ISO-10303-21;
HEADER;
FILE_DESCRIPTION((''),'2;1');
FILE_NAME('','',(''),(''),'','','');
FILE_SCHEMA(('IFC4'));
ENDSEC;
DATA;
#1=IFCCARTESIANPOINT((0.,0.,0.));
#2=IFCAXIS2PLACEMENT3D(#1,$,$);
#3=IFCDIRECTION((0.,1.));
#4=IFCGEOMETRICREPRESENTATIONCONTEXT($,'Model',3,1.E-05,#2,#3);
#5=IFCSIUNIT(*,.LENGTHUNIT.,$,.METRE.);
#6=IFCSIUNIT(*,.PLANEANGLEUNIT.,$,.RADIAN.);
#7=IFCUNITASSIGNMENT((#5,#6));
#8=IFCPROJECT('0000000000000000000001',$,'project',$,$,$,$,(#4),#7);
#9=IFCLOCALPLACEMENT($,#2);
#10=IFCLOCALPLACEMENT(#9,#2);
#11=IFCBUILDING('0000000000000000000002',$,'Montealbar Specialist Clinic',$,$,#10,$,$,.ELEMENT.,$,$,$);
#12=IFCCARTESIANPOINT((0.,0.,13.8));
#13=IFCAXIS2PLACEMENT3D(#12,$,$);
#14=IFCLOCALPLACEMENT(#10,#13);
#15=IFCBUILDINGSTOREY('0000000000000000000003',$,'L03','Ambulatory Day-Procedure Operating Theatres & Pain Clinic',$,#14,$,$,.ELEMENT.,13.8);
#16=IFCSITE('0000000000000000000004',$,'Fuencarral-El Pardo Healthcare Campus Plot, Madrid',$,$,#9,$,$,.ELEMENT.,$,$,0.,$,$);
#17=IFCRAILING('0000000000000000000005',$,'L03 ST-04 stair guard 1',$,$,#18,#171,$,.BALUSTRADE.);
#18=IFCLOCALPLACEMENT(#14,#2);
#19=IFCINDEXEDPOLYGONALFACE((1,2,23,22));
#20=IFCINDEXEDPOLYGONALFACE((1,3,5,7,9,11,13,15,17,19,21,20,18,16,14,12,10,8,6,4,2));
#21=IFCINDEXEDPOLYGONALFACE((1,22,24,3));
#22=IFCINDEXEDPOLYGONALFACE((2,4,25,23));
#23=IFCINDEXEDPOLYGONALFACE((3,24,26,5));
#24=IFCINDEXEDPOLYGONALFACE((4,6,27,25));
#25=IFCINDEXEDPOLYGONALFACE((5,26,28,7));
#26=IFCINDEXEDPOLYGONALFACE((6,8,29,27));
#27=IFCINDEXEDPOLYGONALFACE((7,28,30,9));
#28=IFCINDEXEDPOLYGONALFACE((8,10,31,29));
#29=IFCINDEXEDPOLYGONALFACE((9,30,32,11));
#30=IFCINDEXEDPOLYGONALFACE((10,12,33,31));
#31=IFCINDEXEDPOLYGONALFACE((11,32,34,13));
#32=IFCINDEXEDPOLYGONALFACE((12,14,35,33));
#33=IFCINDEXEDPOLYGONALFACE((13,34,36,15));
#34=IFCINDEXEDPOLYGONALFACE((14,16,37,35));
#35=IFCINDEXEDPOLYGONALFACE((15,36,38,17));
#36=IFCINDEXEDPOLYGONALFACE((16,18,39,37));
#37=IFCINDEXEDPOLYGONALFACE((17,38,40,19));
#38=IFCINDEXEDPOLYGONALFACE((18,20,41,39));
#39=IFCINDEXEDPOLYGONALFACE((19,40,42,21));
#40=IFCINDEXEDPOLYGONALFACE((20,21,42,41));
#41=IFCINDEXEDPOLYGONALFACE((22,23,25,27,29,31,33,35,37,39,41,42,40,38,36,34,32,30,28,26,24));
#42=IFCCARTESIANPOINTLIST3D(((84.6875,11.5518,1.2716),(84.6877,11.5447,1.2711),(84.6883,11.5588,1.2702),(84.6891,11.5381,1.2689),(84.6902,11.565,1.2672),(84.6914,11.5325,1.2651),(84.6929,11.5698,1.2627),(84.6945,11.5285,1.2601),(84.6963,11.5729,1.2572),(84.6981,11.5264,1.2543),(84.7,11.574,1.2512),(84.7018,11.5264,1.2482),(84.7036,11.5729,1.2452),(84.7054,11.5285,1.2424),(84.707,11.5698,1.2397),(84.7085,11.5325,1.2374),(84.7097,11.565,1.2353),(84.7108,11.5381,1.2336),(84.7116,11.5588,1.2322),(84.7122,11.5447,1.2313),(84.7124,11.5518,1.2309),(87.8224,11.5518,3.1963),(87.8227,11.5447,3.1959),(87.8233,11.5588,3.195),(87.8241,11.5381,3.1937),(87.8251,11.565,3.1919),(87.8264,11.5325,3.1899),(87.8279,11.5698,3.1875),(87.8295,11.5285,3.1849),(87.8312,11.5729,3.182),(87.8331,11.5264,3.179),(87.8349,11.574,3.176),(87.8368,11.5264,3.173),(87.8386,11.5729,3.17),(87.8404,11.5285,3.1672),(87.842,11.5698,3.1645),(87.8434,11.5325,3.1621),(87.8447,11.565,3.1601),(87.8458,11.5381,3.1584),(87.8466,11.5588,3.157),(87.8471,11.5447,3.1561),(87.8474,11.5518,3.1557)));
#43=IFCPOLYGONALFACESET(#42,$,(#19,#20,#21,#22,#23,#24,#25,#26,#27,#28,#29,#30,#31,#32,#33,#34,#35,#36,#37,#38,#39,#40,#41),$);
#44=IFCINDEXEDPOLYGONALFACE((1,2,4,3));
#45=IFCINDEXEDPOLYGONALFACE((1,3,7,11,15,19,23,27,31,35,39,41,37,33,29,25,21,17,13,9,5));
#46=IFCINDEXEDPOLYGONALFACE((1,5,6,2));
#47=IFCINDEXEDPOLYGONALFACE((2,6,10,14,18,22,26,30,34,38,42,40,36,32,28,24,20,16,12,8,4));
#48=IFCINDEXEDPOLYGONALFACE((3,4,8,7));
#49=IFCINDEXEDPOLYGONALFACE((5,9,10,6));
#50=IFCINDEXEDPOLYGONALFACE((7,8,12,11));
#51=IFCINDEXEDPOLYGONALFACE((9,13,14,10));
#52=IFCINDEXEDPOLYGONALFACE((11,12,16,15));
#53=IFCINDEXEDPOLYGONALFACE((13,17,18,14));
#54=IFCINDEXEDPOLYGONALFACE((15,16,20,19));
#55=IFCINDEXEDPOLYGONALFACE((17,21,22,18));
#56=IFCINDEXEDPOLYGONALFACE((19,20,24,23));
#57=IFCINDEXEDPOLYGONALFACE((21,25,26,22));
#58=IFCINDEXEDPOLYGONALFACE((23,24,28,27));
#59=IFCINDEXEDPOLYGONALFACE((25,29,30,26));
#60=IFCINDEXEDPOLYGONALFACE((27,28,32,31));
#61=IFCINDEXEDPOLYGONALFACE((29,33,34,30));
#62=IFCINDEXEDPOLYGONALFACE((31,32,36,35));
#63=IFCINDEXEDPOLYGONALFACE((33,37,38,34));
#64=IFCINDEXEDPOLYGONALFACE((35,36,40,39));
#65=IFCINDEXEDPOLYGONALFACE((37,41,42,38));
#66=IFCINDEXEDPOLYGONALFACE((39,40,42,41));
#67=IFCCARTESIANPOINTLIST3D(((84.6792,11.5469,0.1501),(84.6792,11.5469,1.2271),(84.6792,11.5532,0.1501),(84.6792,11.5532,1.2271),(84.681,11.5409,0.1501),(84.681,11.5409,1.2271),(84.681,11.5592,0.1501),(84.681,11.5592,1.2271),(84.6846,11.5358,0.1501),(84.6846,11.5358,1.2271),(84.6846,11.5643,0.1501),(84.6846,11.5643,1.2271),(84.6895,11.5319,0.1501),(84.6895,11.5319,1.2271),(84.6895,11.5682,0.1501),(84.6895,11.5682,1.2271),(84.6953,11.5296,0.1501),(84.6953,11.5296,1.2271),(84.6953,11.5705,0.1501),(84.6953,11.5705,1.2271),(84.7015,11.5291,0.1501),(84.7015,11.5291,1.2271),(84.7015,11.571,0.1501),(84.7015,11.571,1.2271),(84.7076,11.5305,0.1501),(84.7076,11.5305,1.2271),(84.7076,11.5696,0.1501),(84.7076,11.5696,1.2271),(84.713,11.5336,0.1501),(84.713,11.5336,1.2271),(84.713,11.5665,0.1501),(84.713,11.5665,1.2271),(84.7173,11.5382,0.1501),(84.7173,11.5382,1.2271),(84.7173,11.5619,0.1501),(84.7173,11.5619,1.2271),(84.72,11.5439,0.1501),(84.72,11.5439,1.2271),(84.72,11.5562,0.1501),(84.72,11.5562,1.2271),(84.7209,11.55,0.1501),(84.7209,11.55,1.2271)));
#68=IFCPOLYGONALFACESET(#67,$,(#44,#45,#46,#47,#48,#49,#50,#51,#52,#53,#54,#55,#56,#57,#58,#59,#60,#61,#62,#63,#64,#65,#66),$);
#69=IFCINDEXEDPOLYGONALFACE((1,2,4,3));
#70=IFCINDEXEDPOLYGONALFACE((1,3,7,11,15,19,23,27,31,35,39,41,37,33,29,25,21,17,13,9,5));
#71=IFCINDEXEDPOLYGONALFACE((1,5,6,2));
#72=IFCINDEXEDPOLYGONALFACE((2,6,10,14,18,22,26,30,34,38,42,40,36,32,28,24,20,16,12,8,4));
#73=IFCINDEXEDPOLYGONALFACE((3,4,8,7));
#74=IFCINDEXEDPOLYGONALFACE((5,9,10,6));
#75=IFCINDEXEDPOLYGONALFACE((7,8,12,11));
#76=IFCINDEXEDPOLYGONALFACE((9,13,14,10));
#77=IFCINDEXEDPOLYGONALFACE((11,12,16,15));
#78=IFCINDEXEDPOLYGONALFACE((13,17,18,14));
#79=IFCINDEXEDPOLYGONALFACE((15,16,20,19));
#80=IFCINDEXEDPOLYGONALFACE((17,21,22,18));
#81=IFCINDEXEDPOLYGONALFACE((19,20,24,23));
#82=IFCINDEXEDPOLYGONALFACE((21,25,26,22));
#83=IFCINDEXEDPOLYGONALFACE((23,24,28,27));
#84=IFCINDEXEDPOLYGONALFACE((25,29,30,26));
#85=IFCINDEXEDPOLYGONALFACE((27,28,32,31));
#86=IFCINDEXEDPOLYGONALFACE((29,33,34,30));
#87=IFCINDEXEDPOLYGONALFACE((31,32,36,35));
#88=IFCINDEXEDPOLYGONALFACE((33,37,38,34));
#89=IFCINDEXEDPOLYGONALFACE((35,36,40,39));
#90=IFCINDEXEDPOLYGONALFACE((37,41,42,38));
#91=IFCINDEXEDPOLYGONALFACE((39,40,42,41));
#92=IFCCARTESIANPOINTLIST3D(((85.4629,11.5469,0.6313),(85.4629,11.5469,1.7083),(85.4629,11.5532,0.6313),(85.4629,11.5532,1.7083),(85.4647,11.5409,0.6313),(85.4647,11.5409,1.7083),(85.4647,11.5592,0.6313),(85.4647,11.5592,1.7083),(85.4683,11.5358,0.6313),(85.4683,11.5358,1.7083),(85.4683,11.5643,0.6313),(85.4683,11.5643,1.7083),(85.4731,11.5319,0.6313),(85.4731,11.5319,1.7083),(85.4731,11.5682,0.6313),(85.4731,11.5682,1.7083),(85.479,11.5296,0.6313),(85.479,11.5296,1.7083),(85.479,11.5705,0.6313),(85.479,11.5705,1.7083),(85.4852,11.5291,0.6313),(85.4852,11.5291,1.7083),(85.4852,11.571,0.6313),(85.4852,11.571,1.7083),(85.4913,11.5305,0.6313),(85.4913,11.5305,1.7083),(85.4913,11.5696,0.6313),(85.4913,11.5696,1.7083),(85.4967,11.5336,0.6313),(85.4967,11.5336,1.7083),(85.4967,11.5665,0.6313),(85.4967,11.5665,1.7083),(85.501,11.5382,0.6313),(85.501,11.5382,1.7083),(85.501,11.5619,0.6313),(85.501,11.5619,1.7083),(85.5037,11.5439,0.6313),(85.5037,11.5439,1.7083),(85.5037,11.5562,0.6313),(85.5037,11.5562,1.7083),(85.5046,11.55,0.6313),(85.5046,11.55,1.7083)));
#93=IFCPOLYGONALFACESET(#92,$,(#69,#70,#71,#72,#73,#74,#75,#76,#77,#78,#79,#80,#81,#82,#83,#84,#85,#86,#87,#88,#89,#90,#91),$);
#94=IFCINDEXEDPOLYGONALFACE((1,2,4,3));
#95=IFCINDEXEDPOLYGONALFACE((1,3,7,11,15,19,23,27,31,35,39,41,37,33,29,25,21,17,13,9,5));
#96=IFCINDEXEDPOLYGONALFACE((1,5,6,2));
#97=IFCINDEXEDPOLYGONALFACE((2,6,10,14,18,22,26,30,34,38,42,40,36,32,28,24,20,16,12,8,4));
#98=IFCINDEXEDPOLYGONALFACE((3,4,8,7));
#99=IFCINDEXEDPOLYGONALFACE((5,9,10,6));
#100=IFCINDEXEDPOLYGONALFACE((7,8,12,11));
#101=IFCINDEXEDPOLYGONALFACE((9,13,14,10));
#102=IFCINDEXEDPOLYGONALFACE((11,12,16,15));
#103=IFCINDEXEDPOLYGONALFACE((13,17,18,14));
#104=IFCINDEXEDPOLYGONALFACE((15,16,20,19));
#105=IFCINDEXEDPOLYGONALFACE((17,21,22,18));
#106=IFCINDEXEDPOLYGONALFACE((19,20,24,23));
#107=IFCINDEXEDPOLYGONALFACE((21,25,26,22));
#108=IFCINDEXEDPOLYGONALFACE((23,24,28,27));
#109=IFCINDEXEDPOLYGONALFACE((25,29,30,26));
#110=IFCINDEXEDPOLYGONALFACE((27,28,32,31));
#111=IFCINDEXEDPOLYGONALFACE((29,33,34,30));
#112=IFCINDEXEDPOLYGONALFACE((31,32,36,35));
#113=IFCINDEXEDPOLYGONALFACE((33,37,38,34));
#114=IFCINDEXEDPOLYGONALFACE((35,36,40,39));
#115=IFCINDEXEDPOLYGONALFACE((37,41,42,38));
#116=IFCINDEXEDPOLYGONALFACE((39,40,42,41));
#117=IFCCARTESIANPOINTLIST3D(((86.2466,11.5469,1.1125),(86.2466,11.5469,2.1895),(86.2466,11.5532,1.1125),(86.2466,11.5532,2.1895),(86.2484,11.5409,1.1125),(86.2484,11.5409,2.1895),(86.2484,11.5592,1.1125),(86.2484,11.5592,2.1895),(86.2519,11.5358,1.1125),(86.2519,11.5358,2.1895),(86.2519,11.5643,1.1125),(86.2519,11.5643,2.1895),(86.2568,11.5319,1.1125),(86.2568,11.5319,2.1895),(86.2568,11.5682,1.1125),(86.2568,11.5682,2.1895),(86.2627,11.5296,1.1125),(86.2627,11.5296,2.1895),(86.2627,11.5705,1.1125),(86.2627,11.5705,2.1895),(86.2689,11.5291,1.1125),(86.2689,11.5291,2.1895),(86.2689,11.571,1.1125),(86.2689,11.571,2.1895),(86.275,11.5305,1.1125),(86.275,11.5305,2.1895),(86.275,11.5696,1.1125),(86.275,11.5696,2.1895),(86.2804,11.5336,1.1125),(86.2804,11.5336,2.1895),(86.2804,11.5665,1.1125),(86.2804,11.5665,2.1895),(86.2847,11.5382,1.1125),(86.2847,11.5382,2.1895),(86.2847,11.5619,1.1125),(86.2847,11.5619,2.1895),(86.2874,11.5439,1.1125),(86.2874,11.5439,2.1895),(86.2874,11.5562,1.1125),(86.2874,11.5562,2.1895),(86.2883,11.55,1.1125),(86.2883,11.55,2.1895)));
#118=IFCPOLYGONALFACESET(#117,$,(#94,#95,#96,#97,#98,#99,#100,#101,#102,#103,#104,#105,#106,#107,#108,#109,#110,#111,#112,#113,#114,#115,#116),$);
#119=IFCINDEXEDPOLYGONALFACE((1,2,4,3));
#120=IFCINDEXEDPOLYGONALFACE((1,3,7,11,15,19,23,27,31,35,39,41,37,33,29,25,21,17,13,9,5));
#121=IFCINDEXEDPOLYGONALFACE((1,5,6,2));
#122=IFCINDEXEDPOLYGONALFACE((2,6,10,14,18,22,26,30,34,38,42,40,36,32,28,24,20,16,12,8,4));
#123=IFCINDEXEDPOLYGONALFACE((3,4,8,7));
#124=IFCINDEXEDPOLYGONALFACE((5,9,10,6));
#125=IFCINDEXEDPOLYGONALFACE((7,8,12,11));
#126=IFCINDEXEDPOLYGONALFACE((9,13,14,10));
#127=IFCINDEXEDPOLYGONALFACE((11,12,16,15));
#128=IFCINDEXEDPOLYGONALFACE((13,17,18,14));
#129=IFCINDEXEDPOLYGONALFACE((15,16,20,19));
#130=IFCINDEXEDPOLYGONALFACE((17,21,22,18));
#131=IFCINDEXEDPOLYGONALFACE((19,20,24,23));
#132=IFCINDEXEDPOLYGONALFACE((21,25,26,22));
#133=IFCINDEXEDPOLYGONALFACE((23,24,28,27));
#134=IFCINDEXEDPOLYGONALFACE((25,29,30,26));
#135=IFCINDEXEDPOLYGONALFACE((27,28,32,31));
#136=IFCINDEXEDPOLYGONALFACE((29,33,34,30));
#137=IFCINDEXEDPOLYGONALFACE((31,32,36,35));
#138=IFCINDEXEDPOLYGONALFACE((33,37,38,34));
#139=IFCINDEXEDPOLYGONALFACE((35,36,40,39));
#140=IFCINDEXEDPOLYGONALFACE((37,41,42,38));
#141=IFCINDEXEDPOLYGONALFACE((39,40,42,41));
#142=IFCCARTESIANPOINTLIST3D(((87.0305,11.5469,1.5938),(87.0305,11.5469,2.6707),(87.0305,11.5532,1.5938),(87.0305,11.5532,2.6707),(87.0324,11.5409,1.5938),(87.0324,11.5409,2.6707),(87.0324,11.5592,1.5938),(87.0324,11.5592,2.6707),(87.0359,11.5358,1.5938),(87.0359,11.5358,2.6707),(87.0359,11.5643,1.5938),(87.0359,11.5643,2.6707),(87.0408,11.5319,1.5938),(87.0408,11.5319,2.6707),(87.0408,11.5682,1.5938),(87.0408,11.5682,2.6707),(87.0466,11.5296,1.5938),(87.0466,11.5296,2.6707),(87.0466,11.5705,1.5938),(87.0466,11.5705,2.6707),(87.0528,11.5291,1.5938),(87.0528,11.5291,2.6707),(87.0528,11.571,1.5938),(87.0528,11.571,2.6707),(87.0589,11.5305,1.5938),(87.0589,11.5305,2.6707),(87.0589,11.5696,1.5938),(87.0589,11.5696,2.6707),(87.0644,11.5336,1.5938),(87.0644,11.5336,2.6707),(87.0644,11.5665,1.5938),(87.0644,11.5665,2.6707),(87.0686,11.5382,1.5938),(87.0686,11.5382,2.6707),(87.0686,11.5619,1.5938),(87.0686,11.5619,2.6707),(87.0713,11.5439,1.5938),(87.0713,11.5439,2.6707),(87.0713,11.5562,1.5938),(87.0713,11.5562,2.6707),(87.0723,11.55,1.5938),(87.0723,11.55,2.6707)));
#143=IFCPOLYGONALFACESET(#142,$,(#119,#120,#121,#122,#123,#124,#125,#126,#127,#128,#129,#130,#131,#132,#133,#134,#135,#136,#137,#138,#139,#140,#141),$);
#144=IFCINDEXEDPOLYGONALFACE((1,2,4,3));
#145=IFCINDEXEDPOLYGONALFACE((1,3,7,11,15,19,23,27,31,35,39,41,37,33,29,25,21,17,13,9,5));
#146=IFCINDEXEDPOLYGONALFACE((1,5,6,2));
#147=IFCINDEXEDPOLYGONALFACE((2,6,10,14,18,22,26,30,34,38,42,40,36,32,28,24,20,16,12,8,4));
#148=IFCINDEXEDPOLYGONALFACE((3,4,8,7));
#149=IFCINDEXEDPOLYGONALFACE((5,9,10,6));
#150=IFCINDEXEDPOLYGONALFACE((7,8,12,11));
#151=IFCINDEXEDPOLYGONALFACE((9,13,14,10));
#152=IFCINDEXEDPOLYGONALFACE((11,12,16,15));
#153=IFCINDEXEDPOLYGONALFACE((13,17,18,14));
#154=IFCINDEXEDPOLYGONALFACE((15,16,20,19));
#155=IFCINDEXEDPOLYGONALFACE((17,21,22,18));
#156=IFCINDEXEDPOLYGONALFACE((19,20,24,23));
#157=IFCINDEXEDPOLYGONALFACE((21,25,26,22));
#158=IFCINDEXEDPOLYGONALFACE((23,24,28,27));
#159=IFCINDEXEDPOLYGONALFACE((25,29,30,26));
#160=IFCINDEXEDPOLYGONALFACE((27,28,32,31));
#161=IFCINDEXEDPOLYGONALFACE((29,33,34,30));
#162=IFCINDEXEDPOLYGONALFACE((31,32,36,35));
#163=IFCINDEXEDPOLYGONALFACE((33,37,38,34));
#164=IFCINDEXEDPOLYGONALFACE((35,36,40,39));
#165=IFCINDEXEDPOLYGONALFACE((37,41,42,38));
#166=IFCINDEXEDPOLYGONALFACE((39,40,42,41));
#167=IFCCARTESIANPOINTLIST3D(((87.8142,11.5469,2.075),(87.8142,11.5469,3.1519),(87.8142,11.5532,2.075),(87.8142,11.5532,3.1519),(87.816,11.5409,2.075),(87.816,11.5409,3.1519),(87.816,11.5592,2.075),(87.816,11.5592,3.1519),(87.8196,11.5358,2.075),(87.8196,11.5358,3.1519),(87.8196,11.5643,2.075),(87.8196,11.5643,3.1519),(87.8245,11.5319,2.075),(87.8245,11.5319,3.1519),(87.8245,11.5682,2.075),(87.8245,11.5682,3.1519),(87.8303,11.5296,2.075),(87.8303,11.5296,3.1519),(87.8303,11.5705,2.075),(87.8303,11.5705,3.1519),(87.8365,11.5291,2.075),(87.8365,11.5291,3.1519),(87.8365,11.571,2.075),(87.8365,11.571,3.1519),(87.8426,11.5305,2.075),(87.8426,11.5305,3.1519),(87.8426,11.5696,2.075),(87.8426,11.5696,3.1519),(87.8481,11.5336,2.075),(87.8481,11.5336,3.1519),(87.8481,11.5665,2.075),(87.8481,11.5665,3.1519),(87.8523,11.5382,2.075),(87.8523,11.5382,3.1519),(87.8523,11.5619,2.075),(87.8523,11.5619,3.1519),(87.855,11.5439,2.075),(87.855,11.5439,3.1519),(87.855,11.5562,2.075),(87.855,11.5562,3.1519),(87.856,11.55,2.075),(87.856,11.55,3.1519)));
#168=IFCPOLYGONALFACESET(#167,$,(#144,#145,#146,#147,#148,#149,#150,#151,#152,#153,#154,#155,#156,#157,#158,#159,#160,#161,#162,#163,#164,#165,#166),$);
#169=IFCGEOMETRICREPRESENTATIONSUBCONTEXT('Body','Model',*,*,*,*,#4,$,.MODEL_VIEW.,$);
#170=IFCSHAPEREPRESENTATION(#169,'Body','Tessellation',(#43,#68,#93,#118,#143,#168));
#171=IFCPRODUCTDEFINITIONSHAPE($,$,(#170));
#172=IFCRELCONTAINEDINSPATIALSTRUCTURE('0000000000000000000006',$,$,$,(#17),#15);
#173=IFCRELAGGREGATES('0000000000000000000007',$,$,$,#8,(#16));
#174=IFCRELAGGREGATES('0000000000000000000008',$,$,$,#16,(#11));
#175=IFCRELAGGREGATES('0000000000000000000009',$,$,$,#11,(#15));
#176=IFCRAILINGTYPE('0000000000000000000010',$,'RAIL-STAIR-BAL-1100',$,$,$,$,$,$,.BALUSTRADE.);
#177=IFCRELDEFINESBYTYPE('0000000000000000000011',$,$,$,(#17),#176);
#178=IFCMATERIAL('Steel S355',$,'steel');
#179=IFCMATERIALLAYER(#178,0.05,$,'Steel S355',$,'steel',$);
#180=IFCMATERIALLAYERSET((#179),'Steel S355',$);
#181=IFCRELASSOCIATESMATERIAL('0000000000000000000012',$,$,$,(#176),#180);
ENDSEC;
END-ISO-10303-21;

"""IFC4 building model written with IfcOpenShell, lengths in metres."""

from ifc_helpers import new_model, si_unit, direction, frame, origin, origin_2d, place, context, subcontext, project, spatial, circle, extrude, material, layer, layer_set, type_object, element, save


model = new_model("IFC4")

# Units and contexts
model_context = context("Model", 3, precision=1e-05, world=origin(), true_north=direction((0.0, 1.0)))
body_context = subcontext(model_context, "Body", "Model", "MODEL_VIEW")
ifc_project = project(units=[si_unit("LENGTHUNIT", "METRE"), si_unit("PLANEANGLEUNIT", "RADIAN")], contexts=[model_context])

# Site, building, storey
site_placement = place(None, origin())
site = spatial("IfcSite", under=ifc_project, at=site_placement, Name="Fuencarral-El Pardo Healthcare Campus Plot, Madrid", CompositionType="ELEMENT", RefElevation=0.0)
building_placement = place(site_placement, origin())
building = spatial("IfcBuilding", under=site, at=building_placement, Name="Montealbar Specialist Clinic", CompositionType="ELEMENT")
storey_placement = place(building_placement, frame((0.0, 0.0, 13.8)))
storey = spatial("IfcBuildingStorey", under=building, at=storey_placement, Name="L03", Description="Ambulatory Day-Procedure Operating Theatres & Pain Clinic", CompositionType="ELEMENT", Elevation=13.8)

# Shared definitions
ifc_material_1 = material(Name="Steel S355", Category="steel")

# Railing
ifc_layer_1 = layer(ifc_material_1, 0.05, Name="Steel S355", Category="steel")
ifc_layer_set_1 = layer_set([ifc_layer_1], Name="Steel S355")
railing_type_1 = type_object("IfcRailingType", Name="RAIL-STAIR-BAL-1100", PredefinedType="BALUSTRADE", material=ifc_layer_set_1)
railing_1_placement = place(storey_placement, frame((84.7, 11.55, 0.175)))
element("IfcRailing", 1, at=railing_1_placement, inside=storey, type_object=railing_type_1, Name="L03 ST-04 stair guard 1", PredefinedType="BALUSTRADE", context=body_context, shape_type="SweptSolid", body=[
    extrude(circle(Radius=0.0239, at=origin_2d()), frame((0.0, 0.0, 1.0762), z_axis=(0.852196, 0.0, 0.523223), x_axis=(0.0, 1.0, 0.0)), (0.0, 0.0, 1.0), 3.6787),
    extrude(circle(Radius=0.021, at=origin_2d()), frame((0.0, 0.0, -0.0249)), (0.0, 0.0, 1.0), 1.0769),
    extrude(circle(Radius=0.021, at=origin_2d()), frame((0.7837, 0.0, 0.4563)), (0.0, 0.0, 1.0), 1.0769),
    extrude(circle(Radius=0.021, at=origin_2d()), frame((1.5674, 0.0, 0.9375)), (0.0, 0.0, 1.0), 1.0769),
    extrude(circle(Radius=0.021, at=origin_2d()), frame((2.3513, 0.0, 1.4187)), (0.0, 0.0, 1.0), 1.0769),
    extrude(circle(Radius=0.021, at=origin_2d()), frame((3.135, 0.0, 1.8999)), (0.0, 0.0, 1.0), 1.0769),
])

save(model, "model.ifc")
